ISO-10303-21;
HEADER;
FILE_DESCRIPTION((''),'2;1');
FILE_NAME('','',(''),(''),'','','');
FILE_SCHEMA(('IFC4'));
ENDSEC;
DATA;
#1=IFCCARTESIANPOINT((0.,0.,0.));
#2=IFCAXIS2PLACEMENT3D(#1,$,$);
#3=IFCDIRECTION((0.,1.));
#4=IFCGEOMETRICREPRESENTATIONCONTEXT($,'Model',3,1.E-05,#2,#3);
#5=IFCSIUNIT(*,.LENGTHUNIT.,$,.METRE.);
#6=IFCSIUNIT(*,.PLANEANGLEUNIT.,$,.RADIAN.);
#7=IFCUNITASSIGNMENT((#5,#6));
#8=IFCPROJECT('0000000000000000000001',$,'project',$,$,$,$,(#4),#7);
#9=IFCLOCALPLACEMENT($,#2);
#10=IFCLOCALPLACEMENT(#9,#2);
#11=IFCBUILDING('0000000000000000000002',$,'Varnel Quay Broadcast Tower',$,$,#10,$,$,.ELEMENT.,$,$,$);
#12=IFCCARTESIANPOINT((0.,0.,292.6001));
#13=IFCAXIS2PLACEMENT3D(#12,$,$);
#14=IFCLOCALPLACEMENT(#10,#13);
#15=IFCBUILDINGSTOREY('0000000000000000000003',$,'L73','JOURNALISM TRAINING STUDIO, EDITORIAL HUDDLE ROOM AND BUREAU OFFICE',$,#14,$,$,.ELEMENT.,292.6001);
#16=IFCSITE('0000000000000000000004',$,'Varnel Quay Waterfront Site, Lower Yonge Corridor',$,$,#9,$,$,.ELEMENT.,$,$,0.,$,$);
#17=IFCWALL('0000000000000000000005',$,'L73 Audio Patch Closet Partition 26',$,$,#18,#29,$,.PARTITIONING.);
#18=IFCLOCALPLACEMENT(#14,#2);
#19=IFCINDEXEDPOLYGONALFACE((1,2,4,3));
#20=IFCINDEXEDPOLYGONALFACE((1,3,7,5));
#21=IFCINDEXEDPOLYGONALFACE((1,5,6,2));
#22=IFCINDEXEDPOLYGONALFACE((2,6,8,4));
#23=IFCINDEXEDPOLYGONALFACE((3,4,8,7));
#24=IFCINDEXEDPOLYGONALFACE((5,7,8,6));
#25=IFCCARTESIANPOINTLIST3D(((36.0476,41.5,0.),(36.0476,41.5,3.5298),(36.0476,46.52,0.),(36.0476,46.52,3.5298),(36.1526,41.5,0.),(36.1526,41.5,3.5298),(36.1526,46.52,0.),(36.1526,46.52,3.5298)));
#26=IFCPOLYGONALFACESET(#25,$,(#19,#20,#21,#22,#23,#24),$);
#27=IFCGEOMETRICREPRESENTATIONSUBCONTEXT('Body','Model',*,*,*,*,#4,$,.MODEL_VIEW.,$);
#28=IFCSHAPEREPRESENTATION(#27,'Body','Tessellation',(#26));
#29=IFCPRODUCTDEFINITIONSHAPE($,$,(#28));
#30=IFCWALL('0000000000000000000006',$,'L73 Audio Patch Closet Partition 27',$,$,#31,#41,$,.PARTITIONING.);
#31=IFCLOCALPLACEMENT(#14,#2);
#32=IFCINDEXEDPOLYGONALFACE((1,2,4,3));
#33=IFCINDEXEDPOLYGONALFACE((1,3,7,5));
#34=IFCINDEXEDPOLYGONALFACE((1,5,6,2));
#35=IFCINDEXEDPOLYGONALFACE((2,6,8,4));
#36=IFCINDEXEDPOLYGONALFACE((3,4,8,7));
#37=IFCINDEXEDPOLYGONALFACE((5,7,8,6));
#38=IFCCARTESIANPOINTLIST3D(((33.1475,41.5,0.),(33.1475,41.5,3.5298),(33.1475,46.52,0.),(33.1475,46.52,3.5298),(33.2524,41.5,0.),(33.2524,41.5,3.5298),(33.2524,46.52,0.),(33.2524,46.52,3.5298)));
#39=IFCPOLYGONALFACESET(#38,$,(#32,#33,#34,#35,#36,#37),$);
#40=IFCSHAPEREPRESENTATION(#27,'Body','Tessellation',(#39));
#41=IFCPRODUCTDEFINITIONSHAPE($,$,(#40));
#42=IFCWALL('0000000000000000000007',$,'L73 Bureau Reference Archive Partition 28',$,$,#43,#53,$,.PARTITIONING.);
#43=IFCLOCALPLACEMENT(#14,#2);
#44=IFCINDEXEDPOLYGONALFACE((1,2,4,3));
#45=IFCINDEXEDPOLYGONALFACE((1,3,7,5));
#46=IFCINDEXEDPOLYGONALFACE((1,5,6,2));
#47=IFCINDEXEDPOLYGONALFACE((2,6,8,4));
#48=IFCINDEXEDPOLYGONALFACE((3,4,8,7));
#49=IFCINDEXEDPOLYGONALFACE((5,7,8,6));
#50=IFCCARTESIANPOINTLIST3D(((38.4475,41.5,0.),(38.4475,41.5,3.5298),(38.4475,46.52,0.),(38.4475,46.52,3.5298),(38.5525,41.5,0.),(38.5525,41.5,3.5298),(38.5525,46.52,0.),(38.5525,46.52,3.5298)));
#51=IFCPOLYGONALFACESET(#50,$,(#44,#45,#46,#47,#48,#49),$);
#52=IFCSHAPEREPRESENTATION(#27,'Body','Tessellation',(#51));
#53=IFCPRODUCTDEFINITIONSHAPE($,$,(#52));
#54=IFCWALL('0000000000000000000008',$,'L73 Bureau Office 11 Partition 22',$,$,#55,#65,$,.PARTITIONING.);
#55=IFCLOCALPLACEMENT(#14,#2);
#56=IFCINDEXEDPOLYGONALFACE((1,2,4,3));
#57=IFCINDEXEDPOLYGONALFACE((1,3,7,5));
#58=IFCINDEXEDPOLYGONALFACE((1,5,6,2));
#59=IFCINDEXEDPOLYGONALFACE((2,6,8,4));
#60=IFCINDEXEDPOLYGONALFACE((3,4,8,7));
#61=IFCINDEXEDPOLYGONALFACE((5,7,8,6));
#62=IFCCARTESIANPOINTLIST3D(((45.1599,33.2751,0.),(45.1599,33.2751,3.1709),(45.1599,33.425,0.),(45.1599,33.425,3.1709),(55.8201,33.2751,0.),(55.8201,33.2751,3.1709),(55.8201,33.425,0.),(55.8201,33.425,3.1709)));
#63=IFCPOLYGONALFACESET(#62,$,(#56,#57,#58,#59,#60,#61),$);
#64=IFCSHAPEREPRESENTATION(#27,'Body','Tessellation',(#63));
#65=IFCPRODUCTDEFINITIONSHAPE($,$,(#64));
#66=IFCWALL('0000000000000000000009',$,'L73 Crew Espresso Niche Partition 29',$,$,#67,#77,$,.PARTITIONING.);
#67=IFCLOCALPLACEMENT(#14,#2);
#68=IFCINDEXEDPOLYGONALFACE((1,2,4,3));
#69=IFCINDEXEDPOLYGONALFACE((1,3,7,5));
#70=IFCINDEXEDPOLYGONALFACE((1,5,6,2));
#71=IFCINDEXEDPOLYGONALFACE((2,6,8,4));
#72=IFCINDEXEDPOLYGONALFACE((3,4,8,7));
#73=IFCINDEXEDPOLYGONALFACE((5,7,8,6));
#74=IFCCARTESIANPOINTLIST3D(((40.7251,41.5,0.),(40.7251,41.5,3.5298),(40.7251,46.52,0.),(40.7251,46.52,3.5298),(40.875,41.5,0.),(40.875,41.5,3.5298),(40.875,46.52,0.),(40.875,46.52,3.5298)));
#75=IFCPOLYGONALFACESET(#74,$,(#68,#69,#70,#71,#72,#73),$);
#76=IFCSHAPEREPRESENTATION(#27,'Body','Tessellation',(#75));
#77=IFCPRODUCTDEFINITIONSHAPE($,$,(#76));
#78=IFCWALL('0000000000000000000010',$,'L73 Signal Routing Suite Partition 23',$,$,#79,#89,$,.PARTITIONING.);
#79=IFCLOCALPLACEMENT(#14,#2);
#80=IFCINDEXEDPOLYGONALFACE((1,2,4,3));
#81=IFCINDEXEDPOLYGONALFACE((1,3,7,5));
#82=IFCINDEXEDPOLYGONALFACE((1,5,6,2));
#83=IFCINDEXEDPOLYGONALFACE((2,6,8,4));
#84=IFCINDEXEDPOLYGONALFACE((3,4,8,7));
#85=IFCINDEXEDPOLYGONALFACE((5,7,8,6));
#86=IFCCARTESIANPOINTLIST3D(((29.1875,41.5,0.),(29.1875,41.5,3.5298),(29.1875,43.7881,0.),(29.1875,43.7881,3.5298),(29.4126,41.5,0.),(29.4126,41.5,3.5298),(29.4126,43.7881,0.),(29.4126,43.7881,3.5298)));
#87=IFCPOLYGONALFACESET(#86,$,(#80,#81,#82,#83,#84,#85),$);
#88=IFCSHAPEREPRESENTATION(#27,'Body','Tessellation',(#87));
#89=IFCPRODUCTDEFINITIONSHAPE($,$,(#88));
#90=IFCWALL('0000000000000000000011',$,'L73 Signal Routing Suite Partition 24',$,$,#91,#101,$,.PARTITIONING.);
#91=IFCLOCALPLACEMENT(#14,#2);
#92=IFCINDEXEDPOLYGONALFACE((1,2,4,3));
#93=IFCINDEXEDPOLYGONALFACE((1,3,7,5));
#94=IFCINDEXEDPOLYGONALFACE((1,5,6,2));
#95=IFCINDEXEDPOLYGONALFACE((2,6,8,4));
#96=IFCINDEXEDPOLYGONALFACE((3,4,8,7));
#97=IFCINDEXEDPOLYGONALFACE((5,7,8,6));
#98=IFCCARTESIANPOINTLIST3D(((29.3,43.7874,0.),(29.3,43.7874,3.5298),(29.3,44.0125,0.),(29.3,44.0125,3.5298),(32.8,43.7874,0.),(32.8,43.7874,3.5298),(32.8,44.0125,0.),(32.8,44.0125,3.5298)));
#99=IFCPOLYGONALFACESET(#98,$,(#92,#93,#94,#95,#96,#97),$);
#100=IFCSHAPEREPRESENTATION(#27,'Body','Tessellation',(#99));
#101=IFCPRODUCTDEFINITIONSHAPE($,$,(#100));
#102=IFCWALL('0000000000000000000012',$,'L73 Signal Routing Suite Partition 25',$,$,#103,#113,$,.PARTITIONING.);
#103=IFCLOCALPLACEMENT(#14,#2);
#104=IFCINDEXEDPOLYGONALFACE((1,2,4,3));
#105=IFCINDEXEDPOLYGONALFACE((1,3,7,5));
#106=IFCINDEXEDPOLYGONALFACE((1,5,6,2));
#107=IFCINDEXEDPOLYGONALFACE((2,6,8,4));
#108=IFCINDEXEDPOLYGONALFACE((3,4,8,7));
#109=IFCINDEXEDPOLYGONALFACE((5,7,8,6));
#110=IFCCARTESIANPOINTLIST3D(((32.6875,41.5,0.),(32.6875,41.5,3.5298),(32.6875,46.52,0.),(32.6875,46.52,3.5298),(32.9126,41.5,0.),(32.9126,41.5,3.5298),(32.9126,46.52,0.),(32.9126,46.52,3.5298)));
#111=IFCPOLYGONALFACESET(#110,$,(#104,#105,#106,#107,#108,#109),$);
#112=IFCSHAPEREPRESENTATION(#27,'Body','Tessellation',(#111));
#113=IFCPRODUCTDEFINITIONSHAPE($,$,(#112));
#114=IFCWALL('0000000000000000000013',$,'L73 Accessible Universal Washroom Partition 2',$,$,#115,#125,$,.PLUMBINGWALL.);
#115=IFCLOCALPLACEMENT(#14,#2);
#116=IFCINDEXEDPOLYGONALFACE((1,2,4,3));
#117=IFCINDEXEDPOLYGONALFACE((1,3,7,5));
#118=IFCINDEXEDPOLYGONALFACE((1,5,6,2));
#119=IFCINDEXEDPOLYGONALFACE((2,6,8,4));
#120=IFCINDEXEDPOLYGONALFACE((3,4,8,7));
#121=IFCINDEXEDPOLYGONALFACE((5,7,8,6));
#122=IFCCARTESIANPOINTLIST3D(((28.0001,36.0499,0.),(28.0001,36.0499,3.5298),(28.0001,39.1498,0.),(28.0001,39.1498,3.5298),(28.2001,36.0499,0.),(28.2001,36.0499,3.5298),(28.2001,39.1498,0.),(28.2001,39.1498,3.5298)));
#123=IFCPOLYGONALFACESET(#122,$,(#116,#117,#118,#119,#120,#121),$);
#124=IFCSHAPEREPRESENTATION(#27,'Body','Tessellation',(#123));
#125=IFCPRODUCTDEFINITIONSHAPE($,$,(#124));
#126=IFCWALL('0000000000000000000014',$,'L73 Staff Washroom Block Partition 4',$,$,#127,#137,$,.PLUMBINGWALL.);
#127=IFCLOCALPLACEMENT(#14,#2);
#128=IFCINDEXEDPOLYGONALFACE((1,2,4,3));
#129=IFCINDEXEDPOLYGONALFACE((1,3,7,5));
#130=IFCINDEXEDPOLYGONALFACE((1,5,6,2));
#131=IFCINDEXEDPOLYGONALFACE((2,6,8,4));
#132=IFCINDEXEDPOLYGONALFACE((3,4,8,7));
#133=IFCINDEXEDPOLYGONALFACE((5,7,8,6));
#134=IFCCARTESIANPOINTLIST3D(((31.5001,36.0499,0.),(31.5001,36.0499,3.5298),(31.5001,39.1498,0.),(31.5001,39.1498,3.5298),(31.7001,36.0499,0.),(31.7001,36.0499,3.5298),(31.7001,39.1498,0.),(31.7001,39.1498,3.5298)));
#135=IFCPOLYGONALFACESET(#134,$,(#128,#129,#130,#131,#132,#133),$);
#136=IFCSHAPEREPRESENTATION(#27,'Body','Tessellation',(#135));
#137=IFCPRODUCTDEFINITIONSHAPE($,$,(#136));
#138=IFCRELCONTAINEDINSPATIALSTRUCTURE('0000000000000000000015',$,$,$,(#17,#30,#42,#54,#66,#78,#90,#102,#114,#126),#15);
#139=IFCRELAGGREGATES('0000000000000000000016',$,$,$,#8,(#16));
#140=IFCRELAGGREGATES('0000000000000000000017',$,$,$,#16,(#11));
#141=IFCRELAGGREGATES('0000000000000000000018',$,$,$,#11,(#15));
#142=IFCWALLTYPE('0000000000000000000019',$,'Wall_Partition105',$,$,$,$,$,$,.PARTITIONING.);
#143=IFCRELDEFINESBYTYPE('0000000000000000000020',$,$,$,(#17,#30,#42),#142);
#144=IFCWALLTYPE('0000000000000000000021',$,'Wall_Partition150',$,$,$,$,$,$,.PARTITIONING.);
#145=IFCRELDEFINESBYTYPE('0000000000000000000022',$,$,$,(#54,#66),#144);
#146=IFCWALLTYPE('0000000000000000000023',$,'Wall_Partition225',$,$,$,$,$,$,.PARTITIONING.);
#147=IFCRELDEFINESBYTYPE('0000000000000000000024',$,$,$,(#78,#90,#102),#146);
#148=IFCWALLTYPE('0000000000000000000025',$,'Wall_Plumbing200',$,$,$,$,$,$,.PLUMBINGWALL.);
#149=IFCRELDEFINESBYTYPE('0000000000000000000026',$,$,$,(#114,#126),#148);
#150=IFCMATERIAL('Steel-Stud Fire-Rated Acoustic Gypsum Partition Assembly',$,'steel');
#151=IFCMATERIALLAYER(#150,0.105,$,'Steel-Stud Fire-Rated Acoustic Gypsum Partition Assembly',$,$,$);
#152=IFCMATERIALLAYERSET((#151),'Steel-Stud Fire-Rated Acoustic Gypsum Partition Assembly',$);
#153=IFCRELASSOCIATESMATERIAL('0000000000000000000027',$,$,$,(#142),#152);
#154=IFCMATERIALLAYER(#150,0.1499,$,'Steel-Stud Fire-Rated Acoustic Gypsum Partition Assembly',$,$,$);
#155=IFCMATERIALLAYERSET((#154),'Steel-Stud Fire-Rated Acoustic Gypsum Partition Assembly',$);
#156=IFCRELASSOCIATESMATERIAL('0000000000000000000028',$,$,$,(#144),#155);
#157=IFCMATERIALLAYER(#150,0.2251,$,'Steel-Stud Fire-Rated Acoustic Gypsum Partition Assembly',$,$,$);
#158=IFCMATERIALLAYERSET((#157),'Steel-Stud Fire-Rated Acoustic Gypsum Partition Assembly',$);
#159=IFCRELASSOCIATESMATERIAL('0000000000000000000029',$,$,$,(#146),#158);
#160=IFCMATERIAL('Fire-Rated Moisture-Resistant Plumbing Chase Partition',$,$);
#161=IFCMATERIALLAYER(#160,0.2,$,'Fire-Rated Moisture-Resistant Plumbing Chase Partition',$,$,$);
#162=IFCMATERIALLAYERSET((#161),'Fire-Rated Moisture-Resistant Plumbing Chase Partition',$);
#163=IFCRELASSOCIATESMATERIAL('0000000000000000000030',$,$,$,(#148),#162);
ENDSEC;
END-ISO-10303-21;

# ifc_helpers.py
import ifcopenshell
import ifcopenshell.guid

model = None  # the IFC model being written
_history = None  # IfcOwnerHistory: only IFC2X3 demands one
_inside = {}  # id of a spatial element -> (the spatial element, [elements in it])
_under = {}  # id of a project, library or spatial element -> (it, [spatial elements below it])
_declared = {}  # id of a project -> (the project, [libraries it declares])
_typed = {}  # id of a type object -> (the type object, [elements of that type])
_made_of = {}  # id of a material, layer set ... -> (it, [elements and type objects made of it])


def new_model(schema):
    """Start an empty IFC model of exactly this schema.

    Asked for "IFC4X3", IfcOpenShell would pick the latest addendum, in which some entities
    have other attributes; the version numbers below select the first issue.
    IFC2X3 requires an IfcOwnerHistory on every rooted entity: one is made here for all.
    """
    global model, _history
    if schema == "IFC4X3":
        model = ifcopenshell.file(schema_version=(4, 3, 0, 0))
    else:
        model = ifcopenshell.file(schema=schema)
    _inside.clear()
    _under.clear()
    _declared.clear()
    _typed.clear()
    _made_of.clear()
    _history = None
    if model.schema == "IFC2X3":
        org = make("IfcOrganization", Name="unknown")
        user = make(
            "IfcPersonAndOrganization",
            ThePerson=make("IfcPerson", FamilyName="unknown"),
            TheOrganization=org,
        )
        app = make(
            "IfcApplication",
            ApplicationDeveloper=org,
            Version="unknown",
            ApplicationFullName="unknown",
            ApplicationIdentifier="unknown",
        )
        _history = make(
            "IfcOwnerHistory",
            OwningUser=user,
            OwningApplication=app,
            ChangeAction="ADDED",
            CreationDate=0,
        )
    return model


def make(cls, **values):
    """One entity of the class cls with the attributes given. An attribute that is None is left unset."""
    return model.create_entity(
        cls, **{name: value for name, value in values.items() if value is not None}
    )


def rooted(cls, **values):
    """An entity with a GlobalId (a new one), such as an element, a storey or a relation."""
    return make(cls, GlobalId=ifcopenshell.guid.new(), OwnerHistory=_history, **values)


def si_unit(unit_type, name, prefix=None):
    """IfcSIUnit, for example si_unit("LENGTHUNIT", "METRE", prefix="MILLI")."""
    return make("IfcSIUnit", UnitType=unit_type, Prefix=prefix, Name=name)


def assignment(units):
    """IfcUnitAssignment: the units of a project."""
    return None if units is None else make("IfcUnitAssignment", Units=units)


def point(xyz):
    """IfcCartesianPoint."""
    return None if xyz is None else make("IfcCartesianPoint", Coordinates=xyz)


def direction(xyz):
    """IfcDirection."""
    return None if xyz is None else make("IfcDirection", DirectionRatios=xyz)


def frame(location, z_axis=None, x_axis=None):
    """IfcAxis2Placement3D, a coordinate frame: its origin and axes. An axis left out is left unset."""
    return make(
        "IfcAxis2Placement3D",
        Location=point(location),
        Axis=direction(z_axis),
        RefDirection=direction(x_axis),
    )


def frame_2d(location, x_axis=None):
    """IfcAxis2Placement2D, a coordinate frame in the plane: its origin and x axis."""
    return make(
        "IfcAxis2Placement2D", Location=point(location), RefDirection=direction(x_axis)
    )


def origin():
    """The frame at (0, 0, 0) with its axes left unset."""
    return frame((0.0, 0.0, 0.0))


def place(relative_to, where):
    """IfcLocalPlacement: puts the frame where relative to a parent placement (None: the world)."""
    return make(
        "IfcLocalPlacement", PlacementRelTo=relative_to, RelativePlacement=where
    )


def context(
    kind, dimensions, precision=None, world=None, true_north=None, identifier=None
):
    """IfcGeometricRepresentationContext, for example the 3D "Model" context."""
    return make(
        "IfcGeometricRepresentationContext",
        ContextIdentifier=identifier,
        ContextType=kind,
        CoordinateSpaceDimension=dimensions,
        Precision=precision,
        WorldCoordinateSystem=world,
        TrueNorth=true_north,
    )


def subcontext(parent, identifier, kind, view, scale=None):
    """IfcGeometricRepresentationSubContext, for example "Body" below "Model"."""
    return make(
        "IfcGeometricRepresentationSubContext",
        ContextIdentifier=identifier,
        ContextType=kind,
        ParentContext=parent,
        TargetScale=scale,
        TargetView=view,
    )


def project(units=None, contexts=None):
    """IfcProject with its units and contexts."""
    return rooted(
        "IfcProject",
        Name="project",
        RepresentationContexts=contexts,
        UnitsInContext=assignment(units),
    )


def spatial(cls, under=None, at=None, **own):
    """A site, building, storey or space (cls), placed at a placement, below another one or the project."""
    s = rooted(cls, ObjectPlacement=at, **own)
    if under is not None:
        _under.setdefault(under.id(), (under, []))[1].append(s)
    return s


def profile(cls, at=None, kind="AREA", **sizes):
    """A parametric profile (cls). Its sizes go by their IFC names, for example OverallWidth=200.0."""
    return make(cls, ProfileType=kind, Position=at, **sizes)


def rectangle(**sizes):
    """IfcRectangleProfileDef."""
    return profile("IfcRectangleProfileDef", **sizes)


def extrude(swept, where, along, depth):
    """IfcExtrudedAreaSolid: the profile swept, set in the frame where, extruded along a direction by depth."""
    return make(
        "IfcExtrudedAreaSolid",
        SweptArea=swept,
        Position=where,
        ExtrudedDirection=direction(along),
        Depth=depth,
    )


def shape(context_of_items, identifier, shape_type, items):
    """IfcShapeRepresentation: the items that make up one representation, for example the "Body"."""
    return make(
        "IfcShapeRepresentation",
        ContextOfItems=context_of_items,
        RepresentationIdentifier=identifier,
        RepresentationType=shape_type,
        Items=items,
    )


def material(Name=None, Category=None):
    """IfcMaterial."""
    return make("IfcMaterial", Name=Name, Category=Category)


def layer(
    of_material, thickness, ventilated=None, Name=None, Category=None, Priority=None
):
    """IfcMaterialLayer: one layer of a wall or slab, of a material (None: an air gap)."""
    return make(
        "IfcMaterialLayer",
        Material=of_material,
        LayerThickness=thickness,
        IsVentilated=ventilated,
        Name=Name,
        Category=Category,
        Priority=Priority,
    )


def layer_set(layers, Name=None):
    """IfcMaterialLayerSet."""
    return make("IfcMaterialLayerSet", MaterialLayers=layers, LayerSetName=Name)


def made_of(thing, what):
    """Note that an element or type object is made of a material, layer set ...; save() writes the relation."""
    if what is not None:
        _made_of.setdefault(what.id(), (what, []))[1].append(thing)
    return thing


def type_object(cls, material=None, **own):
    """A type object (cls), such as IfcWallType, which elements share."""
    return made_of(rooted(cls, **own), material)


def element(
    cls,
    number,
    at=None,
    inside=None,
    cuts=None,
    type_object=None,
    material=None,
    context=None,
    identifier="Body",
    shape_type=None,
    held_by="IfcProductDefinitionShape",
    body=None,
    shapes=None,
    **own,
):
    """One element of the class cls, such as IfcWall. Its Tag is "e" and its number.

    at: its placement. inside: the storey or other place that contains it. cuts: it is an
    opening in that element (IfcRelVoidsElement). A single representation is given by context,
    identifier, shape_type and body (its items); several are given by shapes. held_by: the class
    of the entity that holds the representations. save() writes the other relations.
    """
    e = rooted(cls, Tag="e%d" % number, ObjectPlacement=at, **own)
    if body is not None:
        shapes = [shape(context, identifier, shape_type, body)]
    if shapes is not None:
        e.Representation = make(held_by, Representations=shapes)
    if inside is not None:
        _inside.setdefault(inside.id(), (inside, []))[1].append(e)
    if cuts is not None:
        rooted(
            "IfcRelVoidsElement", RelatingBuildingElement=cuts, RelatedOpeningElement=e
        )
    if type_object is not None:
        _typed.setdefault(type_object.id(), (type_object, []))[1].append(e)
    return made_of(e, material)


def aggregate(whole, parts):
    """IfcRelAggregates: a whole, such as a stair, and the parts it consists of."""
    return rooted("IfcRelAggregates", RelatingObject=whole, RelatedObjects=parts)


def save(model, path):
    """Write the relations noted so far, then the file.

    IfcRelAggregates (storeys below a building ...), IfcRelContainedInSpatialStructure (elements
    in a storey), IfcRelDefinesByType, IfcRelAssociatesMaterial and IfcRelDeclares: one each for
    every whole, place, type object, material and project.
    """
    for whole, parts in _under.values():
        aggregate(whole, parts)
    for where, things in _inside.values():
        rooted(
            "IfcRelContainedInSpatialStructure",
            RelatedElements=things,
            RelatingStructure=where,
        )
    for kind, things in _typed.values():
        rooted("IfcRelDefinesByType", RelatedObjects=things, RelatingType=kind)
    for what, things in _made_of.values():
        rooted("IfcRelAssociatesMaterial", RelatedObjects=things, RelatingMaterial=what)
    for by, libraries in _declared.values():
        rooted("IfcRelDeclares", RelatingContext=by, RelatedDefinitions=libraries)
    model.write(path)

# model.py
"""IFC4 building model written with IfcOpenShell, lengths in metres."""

from ifc_helpers import new_model, si_unit, direction, frame, frame_2d, origin, place, context, subcontext, project, spatial, rectangle, extrude, material, layer, layer_set, type_object, element, save


model = new_model("IFC4")

# Units and contexts
model_context = context("Model", 3, precision=1e-05, world=origin(), true_north=direction((0.0, 1.0)))
body_context = subcontext(model_context, "Body", "Model", "MODEL_VIEW")
ifc_project = project(units=[si_unit("LENGTHUNIT", "METRE"), si_unit("PLANEANGLEUNIT", "RADIAN")], contexts=[model_context])

# Site, building, storey
site_placement = place(None, origin())
site = spatial("IfcSite", under=ifc_project, at=site_placement, Name="Varnel Quay Waterfront Site, Lower Yonge Corridor", CompositionType="ELEMENT", RefElevation=0.0)
building_placement = place(site_placement, origin())
building = spatial("IfcBuilding", under=site, at=building_placement, Name="Varnel Quay Broadcast Tower", CompositionType="ELEMENT")
storey_placement = place(building_placement, frame((0.0, 0.0, 292.6001)))
storey = spatial("IfcBuildingStorey", under=building, at=storey_placement, Name="L73", Description="JOURNALISM TRAINING STUDIO, EDITORIAL HUDDLE ROOM AND BUREAU OFFICE", CompositionType="ELEMENT", Elevation=292.6001)

# Walls
ifc_material_1 = material(Name="Steel-Stud Fire-Rated Acoustic Gypsum Partition Assembly", Category="steel")
ifc_layer_1 = layer(ifc_material_1, 0.105, Name="Steel-Stud Fire-Rated Acoustic Gypsum Partition Assembly")
ifc_layer_set_1 = layer_set([ifc_layer_1], Name="Steel-Stud Fire-Rated Acoustic Gypsum Partition Assembly")
wall_type_1 = type_object("IfcWallType", Name="Wall_Partition105", PredefinedType="PARTITIONING", material=ifc_layer_set_1)
for number, where, z_axis, x_axis, name in (
    (1, (36.1001, 41.5, 0.0), (0.0, 0.0, 1.0), (0.0, 1.0, 0.0), "L73 Audio Patch Closet Partition 26"),
    (2, (33.2, 41.5, 0.0), (0.0, 0.0, 1.0), (0.0, 1.0, 0.0), "L73 Audio Patch Closet Partition 27"),
    (3, (38.5, 41.5, 0.0), (0.0, 0.0, 1.0), (0.0, 1.0, 0.0), "L73 Bureau Reference Archive Partition 28"),
):
    element("IfcWall", number, at=place(storey_placement, frame(where, z_axis=z_axis, x_axis=x_axis)), inside=storey, type_object=wall_type_1, Name=name, PredefinedType="PARTITIONING", context=body_context, shape_type="SweptSolid", body=[
        extrude(rectangle(XDim=5.02, YDim=0.105, at=frame_2d((2.51, 0.0))), origin(), (0.0, 0.0, 1.0), 3.5298),
    ])
ifc_layer_2 = layer(ifc_material_1, 0.1499, Name="Steel-Stud Fire-Rated Acoustic Gypsum Partition Assembly")
ifc_layer_set_2 = layer_set([ifc_layer_2], Name="Steel-Stud Fire-Rated Acoustic Gypsum Partition Assembly")
wall_type_2 = type_object("IfcWallType", Name="Wall_Partition150", PredefinedType="PARTITIONING", material=ifc_layer_set_2)
wall_1_placement = place(storey_placement, frame((45.1599, 33.3501, 0.0), z_axis=(0.0, 0.0, 1.0), x_axis=(1.0, 0.0, 0.0)))
element("IfcWall", 4, at=wall_1_placement, inside=storey, type_object=wall_type_2, Name="L73 Bureau Office 11 Partition 22", PredefinedType="PARTITIONING", context=body_context, shape_type="SweptSolid", body=[
    extrude(rectangle(XDim=10.6602, YDim=0.1499, at=frame_2d((5.3301, 0.0))), origin(), (0.0, 0.0, 1.0), 3.1709),
])
wall_2_placement = place(storey_placement, frame((40.8, 41.5, 0.0), z_axis=(0.0, 0.0, 1.0), x_axis=(0.0, 1.0, 0.0)))
element("IfcWall", 5, at=wall_2_placement, inside=storey, type_object=wall_type_2, Name="L73 Crew Espresso Niche Partition 29", PredefinedType="PARTITIONING", context=body_context, shape_type="SweptSolid", body=[
    extrude(rectangle(XDim=5.02, YDim=0.1499, at=frame_2d((2.51, 0.0))), origin(), (0.0, 0.0, 1.0), 3.5298),
])
ifc_layer_3 = layer(ifc_material_1, 0.2251, Name="Steel-Stud Fire-Rated Acoustic Gypsum Partition Assembly")
ifc_layer_set_3 = layer_set([ifc_layer_3], Name="Steel-Stud Fire-Rated Acoustic Gypsum Partition Assembly")
wall_type_3 = type_object("IfcWallType", Name="Wall_Partition225", PredefinedType="PARTITIONING", material=ifc_layer_set_3)
wall_3_placement = place(storey_placement, frame((29.3, 41.5, 0.0), z_axis=(0.0, 0.0, 1.0), x_axis=(0.0, 1.0, 0.0)))
element("IfcWall", 6, at=wall_3_placement, inside=storey, type_object=wall_type_3, Name="L73 Signal Routing Suite Partition 23", PredefinedType="PARTITIONING", context=body_context, shape_type="SweptSolid", body=[
    extrude(rectangle(XDim=2.2881, YDim=0.2251, at=frame_2d((1.144, 0.0))), origin(), (0.0, 0.0, 1.0), 3.5298),
])
wall_4_placement = place(storey_placement, frame((29.3, 43.8999, 0.0), z_axis=(0.0, 0.0, 1.0), x_axis=(1.0, 0.0, 0.0)))
element("IfcWall", 7, at=wall_4_placement, inside=storey, type_object=wall_type_3, Name="L73 Signal Routing Suite Partition 24", PredefinedType="PARTITIONING", context=body_context, shape_type="SweptSolid", body=[
    extrude(rectangle(XDim=3.5, YDim=0.2251, at=frame_2d((1.75, 0.0))), origin(), (0.0, 0.0, 1.0), 3.5298),
])
wall_5_placement = place(storey_placement, frame((32.8, 41.5, 0.0), z_axis=(0.0, 0.0, 1.0), x_axis=(0.0, 1.0, 0.0)))
element("IfcWall", 8, at=wall_5_placement, inside=storey, type_object=wall_type_3, Name="L73 Signal Routing Suite Partition 25", PredefinedType="PARTITIONING", context=body_context, shape_type="SweptSolid", body=[
    extrude(rectangle(XDim=5.02, YDim=0.2251, at=frame_2d((2.51, 0.0))), origin(), (0.0, 0.0, 1.0), 3.5298),
])
ifc_material_2 = material(Name="Fire-Rated Moisture-Resistant Plumbing Chase Partition")
ifc_layer_4 = layer(ifc_material_2, 0.2, Name="Fire-Rated Moisture-Resistant Plumbing Chase Partition")
ifc_layer_set_4 = layer_set([ifc_layer_4], Name="Fire-Rated Moisture-Resistant Plumbing Chase Partition")
wall_type_4 = type_object("IfcWallType", Name="Wall_Plumbing200", PredefinedType="PLUMBINGWALL", material=ifc_layer_set_4)
for number, where, z_axis, x_axis, name in (
    (9, (28.1001, 36.05, 0.0), (0.0, 0.0, 1.0), (0.0, 1.0, 0.0), "L73 Accessible Universal Washroom Partition 2"),
    (10, (31.6001, 36.05, 0.0), (0.0, 0.0, 1.0), (0.0, 1.0, 0.0), "L73 Staff Washroom Block Partition 4"),
):
    element("IfcWall", number, at=place(storey_placement, frame(where, z_axis=z_axis, x_axis=x_axis)), inside=storey, type_object=wall_type_4, Name=name, PredefinedType="PLUMBINGWALL", context=body_context, shape_type="SweptSolid", body=[
        extrude(rectangle(XDim=3.0999, YDim=0.2, at=frame_2d((1.5498, 0.0))), origin(), (0.0, 0.0, 1.0), 3.5298),
    ])

save(model, "model.ifc")
